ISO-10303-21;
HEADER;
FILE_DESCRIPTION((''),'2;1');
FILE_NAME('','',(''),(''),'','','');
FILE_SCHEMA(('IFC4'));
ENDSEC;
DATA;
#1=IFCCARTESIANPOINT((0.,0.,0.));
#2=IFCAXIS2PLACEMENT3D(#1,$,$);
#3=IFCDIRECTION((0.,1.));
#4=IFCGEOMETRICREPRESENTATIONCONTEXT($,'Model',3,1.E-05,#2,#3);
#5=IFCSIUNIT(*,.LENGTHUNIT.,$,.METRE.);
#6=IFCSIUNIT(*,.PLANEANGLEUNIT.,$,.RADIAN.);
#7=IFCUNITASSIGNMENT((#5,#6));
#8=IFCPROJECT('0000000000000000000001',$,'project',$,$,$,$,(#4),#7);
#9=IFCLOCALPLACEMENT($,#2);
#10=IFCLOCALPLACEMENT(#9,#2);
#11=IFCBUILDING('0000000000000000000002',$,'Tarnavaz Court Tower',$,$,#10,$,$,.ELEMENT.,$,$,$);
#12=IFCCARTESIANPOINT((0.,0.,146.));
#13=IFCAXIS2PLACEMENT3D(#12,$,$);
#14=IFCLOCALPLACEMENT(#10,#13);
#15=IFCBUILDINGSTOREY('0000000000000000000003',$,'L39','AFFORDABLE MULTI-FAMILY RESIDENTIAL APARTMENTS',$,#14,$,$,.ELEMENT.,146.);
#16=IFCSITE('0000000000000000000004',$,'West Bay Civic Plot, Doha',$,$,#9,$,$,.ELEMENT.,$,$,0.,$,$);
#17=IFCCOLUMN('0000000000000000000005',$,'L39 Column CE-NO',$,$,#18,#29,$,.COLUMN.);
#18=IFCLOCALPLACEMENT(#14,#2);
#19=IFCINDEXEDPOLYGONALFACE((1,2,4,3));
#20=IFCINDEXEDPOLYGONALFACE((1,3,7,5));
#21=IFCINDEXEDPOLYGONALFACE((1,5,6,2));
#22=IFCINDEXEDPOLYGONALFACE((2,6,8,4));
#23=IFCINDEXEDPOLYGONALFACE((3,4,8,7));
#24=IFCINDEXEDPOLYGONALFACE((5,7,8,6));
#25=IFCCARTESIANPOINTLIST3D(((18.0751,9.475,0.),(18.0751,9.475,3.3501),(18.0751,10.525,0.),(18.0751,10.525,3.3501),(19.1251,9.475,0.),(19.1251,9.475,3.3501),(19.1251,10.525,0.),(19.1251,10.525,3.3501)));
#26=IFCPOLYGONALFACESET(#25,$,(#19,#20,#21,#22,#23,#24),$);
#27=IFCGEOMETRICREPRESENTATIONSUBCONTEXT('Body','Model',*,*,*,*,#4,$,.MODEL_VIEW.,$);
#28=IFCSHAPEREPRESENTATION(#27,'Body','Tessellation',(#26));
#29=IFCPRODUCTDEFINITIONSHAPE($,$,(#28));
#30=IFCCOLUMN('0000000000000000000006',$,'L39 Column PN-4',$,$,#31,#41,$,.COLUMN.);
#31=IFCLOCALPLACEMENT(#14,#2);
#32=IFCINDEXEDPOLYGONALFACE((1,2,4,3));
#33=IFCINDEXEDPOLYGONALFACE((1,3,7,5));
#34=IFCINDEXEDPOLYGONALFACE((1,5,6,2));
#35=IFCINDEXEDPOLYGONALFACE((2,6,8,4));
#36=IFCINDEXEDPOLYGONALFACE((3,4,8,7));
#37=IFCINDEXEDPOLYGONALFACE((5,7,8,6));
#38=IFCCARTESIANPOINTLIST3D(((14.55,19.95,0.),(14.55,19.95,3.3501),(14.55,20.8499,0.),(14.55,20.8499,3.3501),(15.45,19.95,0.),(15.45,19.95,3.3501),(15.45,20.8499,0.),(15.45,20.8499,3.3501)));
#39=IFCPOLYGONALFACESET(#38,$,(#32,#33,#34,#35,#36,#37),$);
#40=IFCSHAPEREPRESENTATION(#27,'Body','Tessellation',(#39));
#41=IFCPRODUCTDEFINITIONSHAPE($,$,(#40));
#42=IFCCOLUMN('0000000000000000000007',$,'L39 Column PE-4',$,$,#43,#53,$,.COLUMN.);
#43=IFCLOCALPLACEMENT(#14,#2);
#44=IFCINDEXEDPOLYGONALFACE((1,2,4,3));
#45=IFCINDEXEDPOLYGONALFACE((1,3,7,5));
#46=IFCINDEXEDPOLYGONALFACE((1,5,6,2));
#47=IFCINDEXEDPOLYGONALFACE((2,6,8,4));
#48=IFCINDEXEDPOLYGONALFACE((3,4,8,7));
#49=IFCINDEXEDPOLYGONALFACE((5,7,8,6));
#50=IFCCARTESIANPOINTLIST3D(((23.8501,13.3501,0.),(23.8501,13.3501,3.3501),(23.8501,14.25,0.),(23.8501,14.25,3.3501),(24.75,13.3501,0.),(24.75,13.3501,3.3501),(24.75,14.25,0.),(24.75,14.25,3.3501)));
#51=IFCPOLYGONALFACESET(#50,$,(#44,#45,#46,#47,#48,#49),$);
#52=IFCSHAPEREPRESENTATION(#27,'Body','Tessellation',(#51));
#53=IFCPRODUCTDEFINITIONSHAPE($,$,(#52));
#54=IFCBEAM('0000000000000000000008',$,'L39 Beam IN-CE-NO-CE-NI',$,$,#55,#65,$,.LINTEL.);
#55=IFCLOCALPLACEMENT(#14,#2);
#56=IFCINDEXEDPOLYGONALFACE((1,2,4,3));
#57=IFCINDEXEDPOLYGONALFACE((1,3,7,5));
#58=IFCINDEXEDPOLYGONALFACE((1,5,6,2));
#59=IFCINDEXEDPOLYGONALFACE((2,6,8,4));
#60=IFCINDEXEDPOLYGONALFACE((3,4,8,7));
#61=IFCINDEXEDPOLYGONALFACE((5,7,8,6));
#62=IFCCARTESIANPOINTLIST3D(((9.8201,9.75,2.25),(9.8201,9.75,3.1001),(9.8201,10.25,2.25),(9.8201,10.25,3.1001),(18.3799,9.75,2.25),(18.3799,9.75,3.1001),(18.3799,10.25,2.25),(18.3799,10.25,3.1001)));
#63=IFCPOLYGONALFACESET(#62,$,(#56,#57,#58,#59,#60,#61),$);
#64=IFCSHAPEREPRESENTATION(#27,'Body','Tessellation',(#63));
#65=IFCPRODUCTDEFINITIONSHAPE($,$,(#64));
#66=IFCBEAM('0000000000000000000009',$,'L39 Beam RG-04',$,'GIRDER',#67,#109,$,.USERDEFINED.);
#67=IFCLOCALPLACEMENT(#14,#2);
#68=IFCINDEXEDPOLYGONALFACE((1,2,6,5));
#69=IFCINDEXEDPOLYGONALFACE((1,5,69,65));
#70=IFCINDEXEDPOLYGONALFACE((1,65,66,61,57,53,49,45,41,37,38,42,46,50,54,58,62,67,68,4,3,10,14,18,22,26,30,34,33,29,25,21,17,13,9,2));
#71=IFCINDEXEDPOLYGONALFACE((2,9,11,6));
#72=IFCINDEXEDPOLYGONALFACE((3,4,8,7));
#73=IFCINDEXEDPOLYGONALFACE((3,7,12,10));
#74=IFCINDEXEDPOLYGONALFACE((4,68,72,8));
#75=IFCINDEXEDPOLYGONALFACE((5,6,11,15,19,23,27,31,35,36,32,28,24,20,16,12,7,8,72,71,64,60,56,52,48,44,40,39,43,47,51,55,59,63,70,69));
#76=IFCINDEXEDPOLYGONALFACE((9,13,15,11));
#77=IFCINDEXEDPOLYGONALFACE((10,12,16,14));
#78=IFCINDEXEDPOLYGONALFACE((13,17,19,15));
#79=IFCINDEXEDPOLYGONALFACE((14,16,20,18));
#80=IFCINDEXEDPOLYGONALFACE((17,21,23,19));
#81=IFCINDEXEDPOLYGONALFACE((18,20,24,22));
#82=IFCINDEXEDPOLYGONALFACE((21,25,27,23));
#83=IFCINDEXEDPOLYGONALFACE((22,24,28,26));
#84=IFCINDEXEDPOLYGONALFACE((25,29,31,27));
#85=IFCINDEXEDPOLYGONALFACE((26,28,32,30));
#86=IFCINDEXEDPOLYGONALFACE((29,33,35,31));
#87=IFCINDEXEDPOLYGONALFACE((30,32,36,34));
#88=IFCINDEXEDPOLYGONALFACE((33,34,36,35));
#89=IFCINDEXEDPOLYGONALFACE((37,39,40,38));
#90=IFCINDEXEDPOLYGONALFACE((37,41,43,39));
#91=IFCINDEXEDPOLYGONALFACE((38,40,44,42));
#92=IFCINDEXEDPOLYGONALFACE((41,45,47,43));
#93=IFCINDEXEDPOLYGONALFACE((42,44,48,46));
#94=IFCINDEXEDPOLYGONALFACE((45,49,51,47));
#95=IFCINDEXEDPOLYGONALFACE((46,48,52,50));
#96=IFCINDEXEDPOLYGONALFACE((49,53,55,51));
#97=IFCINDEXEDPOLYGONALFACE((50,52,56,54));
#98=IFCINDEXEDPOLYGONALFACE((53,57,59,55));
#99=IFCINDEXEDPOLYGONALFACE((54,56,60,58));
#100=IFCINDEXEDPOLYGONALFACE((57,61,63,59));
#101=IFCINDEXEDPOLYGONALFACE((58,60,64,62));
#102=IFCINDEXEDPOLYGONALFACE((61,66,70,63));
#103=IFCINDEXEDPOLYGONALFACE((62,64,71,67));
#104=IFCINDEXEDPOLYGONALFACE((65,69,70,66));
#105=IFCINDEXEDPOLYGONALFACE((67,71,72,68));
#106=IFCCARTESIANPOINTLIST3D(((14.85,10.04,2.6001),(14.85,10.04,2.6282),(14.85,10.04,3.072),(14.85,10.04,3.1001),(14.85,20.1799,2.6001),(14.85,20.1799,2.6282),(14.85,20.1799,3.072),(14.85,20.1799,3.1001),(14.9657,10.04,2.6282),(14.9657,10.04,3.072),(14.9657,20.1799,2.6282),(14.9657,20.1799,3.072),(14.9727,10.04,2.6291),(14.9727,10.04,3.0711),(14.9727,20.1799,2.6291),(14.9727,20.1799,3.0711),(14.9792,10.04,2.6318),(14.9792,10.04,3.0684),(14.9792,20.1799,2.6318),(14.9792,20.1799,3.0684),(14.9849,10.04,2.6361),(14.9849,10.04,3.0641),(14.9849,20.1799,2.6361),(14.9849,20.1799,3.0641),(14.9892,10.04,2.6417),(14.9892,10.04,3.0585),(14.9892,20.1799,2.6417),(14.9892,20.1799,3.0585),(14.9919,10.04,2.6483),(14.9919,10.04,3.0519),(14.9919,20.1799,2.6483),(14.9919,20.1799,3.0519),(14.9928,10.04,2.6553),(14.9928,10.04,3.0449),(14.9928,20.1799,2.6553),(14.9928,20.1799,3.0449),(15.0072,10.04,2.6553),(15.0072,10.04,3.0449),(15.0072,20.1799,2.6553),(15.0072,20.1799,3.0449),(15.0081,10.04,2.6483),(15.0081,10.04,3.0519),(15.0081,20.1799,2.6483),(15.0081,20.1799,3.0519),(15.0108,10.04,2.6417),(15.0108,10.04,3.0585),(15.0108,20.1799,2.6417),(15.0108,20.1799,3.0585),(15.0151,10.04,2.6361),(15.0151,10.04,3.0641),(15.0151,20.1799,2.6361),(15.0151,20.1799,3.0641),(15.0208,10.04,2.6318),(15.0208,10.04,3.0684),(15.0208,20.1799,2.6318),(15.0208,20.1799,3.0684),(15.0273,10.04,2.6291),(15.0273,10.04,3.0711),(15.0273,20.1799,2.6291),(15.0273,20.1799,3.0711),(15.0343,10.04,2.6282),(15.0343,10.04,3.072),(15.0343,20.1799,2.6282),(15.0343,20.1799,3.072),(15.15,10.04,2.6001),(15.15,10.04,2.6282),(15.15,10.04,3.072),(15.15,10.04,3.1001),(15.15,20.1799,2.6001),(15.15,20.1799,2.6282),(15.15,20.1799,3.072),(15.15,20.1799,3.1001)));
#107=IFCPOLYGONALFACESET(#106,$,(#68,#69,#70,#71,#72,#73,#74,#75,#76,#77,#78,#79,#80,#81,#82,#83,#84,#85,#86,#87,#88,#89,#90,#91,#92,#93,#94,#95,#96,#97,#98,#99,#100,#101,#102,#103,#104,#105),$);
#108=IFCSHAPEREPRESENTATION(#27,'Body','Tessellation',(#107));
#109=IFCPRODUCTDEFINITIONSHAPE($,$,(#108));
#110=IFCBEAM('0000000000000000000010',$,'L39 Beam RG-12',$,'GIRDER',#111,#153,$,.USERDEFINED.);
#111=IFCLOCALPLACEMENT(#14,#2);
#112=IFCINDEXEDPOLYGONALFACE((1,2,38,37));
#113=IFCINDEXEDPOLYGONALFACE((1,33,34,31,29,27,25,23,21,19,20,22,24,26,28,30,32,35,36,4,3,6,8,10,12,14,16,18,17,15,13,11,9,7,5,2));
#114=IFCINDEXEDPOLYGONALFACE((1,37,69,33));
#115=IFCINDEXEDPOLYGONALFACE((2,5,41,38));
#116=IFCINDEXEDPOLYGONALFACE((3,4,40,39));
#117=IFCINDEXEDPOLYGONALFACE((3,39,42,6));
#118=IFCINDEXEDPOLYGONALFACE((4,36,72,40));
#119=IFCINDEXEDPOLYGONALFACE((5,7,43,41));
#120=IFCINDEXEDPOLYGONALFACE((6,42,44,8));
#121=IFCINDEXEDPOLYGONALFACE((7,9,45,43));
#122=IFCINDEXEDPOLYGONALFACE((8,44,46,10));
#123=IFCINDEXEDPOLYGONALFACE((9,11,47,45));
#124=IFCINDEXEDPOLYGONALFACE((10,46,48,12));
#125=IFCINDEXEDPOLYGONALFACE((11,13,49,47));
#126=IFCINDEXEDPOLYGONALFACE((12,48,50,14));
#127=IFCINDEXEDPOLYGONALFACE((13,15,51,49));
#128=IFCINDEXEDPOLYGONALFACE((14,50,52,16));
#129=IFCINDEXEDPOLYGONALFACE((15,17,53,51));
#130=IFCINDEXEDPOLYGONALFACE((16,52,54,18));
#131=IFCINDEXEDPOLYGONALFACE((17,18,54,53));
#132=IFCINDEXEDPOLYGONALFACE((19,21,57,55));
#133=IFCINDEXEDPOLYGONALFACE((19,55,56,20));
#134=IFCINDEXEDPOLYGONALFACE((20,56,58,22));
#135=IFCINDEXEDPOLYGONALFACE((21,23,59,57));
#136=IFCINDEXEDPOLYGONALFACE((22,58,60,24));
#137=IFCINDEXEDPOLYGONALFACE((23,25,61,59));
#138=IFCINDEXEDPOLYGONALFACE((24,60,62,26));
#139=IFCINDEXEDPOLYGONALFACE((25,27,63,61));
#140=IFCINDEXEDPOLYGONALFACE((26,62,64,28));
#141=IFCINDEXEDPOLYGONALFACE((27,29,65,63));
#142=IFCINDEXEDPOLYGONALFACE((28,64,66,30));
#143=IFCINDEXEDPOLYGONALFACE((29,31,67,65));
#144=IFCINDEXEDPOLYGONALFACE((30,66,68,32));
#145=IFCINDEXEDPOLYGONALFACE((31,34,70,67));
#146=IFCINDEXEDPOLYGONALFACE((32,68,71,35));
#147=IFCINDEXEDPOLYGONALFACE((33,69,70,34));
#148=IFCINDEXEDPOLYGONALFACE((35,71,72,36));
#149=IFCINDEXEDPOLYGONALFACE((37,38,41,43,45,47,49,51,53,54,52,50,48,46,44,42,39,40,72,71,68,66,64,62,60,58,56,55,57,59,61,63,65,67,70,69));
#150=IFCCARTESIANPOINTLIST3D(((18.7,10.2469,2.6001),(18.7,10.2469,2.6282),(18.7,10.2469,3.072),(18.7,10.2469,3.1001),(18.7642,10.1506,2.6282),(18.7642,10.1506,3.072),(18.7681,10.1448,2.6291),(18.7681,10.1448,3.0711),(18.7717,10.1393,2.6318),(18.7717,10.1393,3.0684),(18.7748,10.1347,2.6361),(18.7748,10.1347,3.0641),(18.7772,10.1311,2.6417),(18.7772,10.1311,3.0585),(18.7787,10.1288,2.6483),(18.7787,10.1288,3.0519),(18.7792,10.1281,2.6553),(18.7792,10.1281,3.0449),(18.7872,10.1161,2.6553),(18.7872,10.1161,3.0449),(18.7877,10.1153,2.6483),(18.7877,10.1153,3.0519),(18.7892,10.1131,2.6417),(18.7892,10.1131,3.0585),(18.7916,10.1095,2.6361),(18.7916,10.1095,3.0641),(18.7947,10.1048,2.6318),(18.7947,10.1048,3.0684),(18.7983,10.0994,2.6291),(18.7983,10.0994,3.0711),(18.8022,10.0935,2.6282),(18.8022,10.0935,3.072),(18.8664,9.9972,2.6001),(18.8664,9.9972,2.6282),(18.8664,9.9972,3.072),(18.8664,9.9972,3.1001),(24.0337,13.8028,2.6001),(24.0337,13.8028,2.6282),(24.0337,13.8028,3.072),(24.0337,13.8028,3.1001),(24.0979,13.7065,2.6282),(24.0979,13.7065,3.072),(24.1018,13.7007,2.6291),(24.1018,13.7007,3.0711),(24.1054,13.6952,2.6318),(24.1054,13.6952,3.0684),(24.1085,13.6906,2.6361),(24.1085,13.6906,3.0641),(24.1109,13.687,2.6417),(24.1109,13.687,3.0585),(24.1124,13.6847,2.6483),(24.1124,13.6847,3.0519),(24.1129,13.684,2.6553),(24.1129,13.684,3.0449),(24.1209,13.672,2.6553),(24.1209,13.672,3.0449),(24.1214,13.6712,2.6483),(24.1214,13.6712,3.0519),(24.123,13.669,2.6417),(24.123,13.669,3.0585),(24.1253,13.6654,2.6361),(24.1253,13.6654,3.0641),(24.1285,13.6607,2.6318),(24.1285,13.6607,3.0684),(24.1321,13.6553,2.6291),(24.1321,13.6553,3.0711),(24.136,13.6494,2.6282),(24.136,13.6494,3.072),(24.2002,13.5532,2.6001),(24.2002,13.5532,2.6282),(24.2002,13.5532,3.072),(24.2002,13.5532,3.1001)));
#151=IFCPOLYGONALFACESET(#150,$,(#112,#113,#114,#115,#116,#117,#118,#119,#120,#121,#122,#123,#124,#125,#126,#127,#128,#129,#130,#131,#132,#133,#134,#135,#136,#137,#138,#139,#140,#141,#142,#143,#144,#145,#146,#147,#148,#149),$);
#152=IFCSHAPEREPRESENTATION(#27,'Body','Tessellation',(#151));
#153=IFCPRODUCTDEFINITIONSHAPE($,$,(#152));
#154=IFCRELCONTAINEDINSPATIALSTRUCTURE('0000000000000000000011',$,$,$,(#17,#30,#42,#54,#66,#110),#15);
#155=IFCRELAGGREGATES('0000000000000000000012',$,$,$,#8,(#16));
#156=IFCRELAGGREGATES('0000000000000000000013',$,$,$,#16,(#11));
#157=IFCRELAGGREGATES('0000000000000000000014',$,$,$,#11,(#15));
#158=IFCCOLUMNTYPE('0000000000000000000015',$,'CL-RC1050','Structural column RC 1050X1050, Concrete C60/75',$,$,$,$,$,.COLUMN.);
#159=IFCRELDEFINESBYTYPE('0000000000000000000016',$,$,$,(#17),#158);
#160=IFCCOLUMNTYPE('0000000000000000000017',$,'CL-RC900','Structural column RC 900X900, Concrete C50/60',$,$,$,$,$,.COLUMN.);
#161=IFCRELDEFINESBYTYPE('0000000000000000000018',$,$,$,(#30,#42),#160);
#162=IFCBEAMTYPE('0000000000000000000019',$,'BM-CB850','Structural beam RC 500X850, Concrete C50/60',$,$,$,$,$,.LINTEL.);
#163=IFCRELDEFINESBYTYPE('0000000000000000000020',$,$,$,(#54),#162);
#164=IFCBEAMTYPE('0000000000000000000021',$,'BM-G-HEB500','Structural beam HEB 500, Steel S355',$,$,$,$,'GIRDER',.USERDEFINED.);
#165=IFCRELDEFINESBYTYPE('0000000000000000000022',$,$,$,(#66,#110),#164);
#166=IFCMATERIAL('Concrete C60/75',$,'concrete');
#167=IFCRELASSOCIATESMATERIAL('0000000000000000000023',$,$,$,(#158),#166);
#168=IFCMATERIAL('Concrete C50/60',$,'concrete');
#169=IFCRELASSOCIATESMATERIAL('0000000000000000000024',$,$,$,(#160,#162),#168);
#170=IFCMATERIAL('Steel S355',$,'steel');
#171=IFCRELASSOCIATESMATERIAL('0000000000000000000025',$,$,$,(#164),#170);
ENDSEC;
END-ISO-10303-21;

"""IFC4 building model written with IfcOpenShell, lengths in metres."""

from ifc_helpers import new_model, si_unit, direction, frame, origin, origin_2d, place, context, subcontext, project, spatial, rectangle, i_section, extrude, material, material_profile, profile_set, type_object, element, save


model = new_model("IFC4")

# Units and contexts
model_context = context("Model", 3, precision=1e-05, world=origin(), true_north=direction((0.0, 1.0)))
body_context = subcontext(model_context, "Body", "Model", "MODEL_VIEW")
ifc_project = project(units=[si_unit("LENGTHUNIT", "METRE"), si_unit("PLANEANGLEUNIT", "RADIAN")], contexts=[model_context])

# Site, building, storey
site_placement = place(None, origin())
site = spatial("IfcSite", under=ifc_project, at=site_placement, Name="West Bay Civic Plot, Doha", CompositionType="ELEMENT", RefElevation=0.0)
building_placement = place(site_placement, origin())
building = spatial("IfcBuilding", under=site, at=building_placement, Name="Tarnavaz Court Tower", CompositionType="ELEMENT")
storey_placement = place(building_placement, frame((0.0, 0.0, 146.0)))
storey = spatial("IfcBuildingStorey", under=building, at=storey_placement, Name="L39", Description="AFFORDABLE MULTI-FAMILY RESIDENTIAL APARTMENTS", CompositionType="ELEMENT", Elevation=146.0)

# Columns
ifc_material_1 = material(Name="Concrete C60/75", Category="concrete")
ifc_material_profile_1 = material_profile(ifc_material_1, rectangle(XDim=1.05, YDim=1.05, at=origin_2d()), Name="RC 1050X1050")
ifc_profile_set_1 = profile_set([ifc_material_profile_1], Name="Concrete C60/75")
column_type_1 = type_object("IfcColumnType", Name="CL-RC1050", Description="Structural column RC 1050X1050, Concrete C60/75", PredefinedType="COLUMN", material=ifc_profile_set_1)
column_placement = place(storey_placement, frame((18.6001, 10.0, 0.0), z_axis=(0.0, 0.0, 1.0), x_axis=(1.0, 0.0, 0.0)))
element("IfcColumn", 1, at=column_placement, inside=storey, type_object=column_type_1, Name="L39 Column CE-NO", PredefinedType="COLUMN", context=body_context, shape_type="SweptSolid", body=[
    extrude(rectangle(XDim=1.05, YDim=1.05, at=origin_2d()), origin(), (0.0, 0.0, 1.0), 3.3501),
])
ifc_material_2 = material(Name="Concrete C50/60", Category="concrete")
ifc_material_profile_2 = material_profile(ifc_material_2, rectangle(XDim=0.8999, YDim=0.8999, at=origin_2d()), Name="RC 900X900")
ifc_profile_set_2 = profile_set([ifc_material_profile_2], Name="Concrete C50/60")
column_type_2 = type_object("IfcColumnType", Name="CL-RC900", Description="Structural column RC 900X900, Concrete C50/60", PredefinedType="COLUMN", material=ifc_profile_set_2)
for number, where, z_axis, x_axis, name in (
    (2, (15.0, 20.3999, 0.0), (0.0, 0.0, 1.0), (1.0, 0.0, 0.0), "L39 Column PN-4"),
    (3, (24.3, 13.8, 0.0), (0.0, 0.0, 1.0), (1.0, 0.0, 0.0), "L39 Column PE-4"),
):
    element("IfcColumn", number, at=place(storey_placement, frame(where, z_axis=z_axis, x_axis=x_axis)), inside=storey, type_object=column_type_2, Name=name, PredefinedType="COLUMN", context=body_context, shape_type="SweptSolid", body=[
        extrude(rectangle(XDim=0.8999, YDim=0.8999, at=origin_2d()), origin(), (0.0, 0.0, 1.0), 3.3501),
    ])

# Beams
ifc_material_profile_3 = material_profile(ifc_material_2, rectangle(XDim=0.5, YDim=0.8501, at=origin_2d()), Name="RC 500X850")
ifc_profile_set_3 = profile_set([ifc_material_profile_3], Name="Concrete C50/60")
beam_type_1 = type_object("IfcBeamType", Name="BM-CB850", Description="Structural beam RC 500X850, Concrete C50/60", PredefinedType="LINTEL", material=ifc_profile_set_3)
beam_1_placement = place(storey_placement, frame((18.3799, 10.0, 2.675), z_axis=(-1.0, 0.0, 0.0), x_axis=(0.0, -1.0, 0.0)))
element("IfcBeam", 4, at=beam_1_placement, inside=storey, type_object=beam_type_1, Name="L39 Beam IN-CE-NO-CE-NI", PredefinedType="LINTEL", context=body_context, shape_type="SweptSolid", body=[
    extrude(rectangle(XDim=0.5, YDim=0.8501, at=origin_2d()), origin(), (0.0, 0.0, 1.0), 8.5598),
])
ifc_material_3 = material(Name="Steel S355", Category="steel")
ifc_material_profile_4 = material_profile(ifc_material_3, i_section(OverallWidth=0.3, OverallDepth=0.5, WebThickness=0.0144, FlangeThickness=0.0281, FilletRadius=0.0271, at=origin_2d()), Name="HEB 500")
ifc_profile_set_4 = profile_set([ifc_material_profile_4], Name="Steel S355")
beam_type_2 = type_object("IfcBeamType", Name="BM-G-HEB500", Description="Structural beam HEB 500, Steel S355", ElementType="GIRDER", PredefinedType="USERDEFINED", material=ifc_profile_set_4)
beam_2_placement = place(storey_placement, frame((15.0, 10.04, 2.8501), z_axis=(0.0, 1.0, 0.0), x_axis=(-1.0, 0.0, 0.0)))
element("IfcBeam", 5, at=beam_2_placement, inside=storey, type_object=beam_type_2, Name="L39 Beam RG-04", ObjectType="GIRDER", PredefinedType="USERDEFINED", context=body_context, shape_type="SweptSolid", body=[
    extrude(i_section(OverallWidth=0.3, OverallDepth=0.5, WebThickness=0.0144, FlangeThickness=0.0281, FilletRadius=0.0271, at=origin_2d()), origin(), (0.0, 0.0, 1.0), 10.1399),
])
beam_3_placement = place(storey_placement, frame((18.7832, 10.1221, 2.8501), z_axis=(0.832044, 0.554709, 0.0), x_axis=(-0.554709, 0.832044, 0.0)))
element("IfcBeam", 6, at=beam_3_placement, inside=storey, type_object=beam_type_2, Name="L39 Beam RG-12", ObjectType="GIRDER", PredefinedType="USERDEFINED", context=body_context, shape_type="SweptSolid", body=[
    extrude(i_section(OverallWidth=0.3, OverallDepth=0.5, WebThickness=0.0144, FlangeThickness=0.0281, FilletRadius=0.0271, at=origin_2d()), origin(), (0.0, 0.0, 1.0), 6.4104),
])

save(model, "model.ifc")
